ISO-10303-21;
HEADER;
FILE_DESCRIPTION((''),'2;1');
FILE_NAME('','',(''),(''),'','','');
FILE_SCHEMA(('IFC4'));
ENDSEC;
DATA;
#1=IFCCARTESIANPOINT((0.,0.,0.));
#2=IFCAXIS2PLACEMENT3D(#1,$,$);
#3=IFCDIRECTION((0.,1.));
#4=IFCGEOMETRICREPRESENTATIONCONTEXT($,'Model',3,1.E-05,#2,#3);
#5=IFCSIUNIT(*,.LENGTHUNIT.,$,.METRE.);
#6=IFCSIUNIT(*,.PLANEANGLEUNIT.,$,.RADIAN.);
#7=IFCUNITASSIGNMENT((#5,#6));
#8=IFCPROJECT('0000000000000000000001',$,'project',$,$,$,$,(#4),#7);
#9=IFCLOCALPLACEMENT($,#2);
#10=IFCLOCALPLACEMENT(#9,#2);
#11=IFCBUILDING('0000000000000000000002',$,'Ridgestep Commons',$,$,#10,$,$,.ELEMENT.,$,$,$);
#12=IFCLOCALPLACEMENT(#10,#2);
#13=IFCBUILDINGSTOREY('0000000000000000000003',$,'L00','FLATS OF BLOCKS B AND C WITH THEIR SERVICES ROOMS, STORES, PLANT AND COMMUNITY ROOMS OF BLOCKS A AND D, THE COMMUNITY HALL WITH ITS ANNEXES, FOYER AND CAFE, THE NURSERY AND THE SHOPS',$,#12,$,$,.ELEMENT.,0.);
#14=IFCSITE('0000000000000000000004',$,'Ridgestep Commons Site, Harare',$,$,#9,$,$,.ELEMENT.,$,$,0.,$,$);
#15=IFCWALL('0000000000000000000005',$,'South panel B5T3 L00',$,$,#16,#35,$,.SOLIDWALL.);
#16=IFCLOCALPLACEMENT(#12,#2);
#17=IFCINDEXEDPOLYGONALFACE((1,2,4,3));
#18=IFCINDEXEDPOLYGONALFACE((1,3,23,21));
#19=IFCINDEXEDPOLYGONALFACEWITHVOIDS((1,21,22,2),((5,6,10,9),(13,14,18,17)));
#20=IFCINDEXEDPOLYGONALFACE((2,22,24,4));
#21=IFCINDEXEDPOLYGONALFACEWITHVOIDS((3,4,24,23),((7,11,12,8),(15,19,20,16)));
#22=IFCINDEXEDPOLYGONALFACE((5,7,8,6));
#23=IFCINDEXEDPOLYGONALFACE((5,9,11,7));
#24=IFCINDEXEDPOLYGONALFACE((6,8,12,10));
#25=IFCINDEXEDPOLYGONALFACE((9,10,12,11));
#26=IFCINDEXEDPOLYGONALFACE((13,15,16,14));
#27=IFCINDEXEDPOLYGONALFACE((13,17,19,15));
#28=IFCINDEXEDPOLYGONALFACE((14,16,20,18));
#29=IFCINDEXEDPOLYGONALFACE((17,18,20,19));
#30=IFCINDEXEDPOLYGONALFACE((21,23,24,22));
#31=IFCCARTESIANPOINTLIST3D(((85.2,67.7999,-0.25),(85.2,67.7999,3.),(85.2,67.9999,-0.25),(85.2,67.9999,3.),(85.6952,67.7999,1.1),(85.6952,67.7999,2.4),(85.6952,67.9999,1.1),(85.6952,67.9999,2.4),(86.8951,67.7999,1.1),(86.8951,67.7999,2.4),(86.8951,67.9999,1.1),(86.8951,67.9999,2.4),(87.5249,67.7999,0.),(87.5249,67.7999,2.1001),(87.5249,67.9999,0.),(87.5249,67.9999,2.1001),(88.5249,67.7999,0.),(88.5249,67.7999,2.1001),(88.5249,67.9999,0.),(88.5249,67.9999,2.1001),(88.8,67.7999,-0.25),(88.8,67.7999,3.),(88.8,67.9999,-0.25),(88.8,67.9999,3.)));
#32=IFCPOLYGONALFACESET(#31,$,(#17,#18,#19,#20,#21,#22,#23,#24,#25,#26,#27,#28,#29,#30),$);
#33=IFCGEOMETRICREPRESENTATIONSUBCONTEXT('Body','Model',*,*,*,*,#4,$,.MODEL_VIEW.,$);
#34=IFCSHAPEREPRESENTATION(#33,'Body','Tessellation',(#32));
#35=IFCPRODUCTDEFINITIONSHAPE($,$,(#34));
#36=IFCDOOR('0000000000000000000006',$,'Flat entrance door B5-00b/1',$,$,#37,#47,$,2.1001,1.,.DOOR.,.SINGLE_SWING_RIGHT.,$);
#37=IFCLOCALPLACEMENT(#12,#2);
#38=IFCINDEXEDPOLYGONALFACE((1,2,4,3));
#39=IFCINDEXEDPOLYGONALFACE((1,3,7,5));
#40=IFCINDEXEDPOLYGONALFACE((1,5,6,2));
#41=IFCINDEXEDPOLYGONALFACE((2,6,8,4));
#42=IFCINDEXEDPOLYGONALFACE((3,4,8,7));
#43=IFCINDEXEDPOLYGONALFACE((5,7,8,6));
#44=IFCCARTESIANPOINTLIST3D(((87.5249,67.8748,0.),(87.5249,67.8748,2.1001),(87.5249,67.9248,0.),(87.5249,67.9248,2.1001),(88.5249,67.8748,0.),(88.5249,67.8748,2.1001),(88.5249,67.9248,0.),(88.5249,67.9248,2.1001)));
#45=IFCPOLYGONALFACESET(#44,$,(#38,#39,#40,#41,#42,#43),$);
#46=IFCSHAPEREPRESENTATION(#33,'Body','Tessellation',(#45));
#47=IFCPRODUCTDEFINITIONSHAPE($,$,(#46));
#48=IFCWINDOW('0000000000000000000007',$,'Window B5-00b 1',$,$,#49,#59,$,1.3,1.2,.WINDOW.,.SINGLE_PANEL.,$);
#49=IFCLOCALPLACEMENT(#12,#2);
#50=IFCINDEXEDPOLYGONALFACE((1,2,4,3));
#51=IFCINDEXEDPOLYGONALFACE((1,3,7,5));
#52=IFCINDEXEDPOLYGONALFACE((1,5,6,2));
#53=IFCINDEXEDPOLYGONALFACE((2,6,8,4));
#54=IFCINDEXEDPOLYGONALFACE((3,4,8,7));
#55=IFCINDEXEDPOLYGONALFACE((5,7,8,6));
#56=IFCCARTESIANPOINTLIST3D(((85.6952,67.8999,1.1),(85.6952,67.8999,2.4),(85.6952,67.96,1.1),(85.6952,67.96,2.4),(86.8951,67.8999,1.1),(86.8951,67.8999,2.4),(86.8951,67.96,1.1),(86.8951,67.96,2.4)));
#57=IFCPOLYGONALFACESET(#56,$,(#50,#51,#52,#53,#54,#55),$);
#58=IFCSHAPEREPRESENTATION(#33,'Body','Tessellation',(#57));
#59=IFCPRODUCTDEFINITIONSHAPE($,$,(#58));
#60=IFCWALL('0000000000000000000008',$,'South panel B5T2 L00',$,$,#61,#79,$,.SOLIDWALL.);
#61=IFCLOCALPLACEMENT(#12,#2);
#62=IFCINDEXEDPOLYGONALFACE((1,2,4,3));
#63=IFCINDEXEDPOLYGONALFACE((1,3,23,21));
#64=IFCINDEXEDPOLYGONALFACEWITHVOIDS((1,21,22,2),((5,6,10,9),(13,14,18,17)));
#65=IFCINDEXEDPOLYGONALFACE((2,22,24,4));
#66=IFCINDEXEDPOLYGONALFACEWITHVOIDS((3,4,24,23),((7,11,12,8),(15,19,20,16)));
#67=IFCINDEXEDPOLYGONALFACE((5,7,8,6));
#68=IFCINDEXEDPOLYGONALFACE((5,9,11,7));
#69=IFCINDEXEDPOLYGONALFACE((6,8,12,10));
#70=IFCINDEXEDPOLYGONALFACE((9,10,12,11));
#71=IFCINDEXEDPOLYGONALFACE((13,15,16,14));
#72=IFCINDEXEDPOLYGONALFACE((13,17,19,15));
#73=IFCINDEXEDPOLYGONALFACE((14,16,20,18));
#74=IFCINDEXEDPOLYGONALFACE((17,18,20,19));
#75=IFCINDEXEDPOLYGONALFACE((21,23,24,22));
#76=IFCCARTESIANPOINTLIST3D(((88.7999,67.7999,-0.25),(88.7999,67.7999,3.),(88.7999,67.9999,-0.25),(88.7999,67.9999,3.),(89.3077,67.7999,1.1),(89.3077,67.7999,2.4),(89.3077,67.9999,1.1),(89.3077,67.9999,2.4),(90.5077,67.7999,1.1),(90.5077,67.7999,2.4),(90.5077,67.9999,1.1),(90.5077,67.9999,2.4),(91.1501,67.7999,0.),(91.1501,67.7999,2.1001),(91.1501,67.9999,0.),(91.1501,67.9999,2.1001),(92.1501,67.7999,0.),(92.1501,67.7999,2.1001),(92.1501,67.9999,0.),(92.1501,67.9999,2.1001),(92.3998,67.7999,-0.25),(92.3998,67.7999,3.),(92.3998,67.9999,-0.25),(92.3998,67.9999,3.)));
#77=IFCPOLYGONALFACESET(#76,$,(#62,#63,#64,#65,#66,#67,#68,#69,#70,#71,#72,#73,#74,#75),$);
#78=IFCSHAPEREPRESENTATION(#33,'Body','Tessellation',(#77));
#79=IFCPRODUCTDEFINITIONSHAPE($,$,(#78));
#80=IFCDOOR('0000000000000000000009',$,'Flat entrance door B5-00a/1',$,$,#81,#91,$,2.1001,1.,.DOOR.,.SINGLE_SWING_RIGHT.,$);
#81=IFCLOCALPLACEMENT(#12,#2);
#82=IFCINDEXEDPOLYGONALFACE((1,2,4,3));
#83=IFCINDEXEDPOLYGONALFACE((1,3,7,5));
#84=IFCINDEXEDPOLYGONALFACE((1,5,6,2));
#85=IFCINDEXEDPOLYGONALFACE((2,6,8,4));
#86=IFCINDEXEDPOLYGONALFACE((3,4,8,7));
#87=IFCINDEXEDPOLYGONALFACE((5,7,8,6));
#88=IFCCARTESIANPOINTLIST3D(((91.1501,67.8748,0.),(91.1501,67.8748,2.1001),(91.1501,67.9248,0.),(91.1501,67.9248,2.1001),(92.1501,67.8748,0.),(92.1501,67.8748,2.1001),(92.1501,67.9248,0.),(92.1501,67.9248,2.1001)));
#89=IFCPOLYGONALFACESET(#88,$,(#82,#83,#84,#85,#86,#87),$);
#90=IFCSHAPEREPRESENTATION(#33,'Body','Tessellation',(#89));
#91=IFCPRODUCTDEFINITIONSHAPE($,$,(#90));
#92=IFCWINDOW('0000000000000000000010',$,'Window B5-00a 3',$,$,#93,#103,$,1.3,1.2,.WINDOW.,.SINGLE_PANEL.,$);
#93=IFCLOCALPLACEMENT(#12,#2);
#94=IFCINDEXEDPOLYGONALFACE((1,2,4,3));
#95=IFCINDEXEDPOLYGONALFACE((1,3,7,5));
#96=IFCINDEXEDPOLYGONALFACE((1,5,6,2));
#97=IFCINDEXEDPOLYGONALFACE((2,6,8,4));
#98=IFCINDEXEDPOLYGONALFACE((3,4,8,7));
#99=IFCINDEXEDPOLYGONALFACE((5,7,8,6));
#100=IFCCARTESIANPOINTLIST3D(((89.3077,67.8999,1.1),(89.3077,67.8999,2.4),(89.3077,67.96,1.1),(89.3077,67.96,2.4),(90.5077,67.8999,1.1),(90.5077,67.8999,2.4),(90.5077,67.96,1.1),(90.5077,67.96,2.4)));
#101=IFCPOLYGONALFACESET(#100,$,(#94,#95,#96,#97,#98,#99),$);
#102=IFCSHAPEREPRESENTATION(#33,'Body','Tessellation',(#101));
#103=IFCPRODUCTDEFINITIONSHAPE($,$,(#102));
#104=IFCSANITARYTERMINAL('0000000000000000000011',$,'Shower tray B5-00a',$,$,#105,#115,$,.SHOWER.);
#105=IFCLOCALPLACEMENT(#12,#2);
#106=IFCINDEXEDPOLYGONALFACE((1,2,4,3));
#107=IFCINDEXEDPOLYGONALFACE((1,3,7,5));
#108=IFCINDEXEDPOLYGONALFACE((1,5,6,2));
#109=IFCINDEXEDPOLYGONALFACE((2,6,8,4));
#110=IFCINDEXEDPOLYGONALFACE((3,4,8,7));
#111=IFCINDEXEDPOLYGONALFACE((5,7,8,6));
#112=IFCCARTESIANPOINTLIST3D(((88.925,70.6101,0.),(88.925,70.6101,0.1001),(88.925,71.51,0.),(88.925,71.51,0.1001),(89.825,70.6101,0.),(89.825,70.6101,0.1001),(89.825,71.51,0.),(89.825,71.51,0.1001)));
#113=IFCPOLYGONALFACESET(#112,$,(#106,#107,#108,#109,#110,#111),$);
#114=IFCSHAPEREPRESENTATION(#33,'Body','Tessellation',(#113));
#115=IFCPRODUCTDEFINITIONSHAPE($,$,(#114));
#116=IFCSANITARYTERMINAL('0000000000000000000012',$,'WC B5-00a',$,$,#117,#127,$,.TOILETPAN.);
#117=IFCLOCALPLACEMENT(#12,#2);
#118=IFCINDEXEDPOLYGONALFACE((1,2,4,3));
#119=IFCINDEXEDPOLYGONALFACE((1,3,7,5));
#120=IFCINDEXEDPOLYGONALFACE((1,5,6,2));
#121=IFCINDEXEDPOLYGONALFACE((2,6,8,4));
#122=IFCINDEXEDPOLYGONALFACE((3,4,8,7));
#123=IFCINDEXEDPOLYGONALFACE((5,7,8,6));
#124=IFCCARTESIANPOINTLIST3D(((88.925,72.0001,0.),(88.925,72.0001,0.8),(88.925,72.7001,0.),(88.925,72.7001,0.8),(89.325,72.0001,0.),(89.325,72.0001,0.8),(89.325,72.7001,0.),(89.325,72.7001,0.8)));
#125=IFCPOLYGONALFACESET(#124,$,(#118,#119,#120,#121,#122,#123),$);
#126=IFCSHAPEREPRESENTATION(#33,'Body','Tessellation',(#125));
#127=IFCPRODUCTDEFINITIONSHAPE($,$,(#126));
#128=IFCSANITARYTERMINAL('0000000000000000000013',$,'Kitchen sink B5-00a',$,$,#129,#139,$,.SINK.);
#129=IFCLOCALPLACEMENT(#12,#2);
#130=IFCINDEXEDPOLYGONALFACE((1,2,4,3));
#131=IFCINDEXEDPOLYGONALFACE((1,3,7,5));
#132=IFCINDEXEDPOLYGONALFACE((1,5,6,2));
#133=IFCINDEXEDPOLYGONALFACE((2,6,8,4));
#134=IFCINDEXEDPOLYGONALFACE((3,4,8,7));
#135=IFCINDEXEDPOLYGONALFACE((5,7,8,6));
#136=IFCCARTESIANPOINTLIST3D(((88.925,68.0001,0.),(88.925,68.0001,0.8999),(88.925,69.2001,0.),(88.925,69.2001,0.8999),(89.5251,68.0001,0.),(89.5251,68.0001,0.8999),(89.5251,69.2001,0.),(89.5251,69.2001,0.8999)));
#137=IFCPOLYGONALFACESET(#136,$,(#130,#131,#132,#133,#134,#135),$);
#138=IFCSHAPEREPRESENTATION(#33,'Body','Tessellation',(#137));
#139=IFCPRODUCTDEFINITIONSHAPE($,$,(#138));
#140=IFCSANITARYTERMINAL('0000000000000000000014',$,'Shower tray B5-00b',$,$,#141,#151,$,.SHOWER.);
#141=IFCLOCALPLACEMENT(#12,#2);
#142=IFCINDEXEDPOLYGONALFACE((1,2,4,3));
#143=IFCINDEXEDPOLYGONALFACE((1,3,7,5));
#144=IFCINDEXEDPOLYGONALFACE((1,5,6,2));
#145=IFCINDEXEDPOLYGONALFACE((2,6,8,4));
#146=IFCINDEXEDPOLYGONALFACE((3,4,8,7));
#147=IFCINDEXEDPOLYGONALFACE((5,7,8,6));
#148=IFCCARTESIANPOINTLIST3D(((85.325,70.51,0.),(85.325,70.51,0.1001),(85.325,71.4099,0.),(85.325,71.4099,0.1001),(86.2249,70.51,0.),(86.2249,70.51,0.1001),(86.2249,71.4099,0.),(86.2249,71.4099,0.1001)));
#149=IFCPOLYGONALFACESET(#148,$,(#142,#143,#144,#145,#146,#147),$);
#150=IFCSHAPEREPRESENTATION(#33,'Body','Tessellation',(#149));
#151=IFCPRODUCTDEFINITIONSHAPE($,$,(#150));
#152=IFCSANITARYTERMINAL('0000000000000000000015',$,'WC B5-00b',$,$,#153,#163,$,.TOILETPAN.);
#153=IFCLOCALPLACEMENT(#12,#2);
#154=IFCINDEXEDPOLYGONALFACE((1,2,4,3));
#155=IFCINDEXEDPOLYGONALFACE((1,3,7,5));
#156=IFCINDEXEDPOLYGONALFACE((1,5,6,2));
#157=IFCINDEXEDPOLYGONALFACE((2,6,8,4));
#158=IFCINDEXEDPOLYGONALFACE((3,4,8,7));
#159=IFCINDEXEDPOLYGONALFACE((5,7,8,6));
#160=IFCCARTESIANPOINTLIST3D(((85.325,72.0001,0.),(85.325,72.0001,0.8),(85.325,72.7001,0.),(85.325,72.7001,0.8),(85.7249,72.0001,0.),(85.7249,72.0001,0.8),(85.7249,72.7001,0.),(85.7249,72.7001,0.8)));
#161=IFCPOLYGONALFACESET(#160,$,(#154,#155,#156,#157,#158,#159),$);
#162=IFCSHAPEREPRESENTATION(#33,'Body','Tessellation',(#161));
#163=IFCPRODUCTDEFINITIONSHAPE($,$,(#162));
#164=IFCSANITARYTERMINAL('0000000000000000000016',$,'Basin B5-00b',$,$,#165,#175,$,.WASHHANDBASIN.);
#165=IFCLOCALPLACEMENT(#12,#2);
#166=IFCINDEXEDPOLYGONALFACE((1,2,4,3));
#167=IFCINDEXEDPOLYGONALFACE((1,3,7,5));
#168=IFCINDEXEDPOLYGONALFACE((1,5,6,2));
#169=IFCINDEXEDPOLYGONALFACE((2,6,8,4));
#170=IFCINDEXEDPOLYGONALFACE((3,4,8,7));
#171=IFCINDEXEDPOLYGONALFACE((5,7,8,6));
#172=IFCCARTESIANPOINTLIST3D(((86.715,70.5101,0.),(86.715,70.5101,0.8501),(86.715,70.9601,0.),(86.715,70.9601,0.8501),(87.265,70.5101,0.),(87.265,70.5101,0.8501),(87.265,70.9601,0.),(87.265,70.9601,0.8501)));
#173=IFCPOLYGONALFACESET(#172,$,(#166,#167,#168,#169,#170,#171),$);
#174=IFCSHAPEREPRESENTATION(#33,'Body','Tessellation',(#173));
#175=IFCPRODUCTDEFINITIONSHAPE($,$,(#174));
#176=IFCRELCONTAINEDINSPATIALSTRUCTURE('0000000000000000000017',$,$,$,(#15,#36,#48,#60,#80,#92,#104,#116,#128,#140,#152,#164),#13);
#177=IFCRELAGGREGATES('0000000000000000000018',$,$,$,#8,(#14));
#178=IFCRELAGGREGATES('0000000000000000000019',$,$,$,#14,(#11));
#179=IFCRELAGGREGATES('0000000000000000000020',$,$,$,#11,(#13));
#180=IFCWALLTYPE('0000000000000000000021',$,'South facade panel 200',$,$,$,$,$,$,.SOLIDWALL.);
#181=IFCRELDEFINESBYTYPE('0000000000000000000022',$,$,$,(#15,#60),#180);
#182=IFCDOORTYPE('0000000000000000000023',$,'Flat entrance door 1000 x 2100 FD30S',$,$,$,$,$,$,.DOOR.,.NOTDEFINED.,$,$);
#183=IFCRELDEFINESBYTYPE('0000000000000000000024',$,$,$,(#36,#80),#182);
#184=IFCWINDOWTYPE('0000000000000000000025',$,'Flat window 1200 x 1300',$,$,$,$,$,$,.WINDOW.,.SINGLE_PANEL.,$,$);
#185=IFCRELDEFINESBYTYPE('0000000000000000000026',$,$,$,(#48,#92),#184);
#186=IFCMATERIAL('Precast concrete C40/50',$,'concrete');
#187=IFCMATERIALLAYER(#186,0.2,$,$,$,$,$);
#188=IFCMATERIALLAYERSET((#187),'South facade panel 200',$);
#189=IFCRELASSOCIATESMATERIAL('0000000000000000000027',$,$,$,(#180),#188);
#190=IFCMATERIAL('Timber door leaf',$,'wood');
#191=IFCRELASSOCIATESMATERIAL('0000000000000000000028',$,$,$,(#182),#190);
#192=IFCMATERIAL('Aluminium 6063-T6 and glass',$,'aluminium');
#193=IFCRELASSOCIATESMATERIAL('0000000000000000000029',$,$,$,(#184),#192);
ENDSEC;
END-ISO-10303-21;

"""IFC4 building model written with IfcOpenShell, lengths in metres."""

from ifc_helpers import new_model, si_unit, direction, frame, frame_2d, origin, origin_2d, place, context, subcontext, project, spatial, rectangle, extrude, material, layer, layer_set, type_object, element, fill, save


model = new_model("IFC4")

# Units and contexts
model_context = context("Model", 3, precision=1e-05, world=origin(), true_north=direction((0.0, 1.0)))
body_context = subcontext(model_context, "Body", "Model", "MODEL_VIEW")
ifc_project = project(units=[si_unit("LENGTHUNIT", "METRE"), si_unit("PLANEANGLEUNIT", "RADIAN")], contexts=[model_context])

# Site, building, storey
site_placement = place(None, origin())
site = spatial("IfcSite", under=ifc_project, at=site_placement, Name="Ridgestep Commons Site, Harare", CompositionType="ELEMENT", RefElevation=0.0)
building_placement = place(site_placement, origin())
building = spatial("IfcBuilding", under=site, at=building_placement, Name="Ridgestep Commons", CompositionType="ELEMENT")
storey_placement = place(building_placement, origin())
storey = spatial("IfcBuildingStorey", under=building, at=storey_placement, Name="L00", Description="FLATS OF BLOCKS B AND C WITH THEIR SERVICES ROOMS, STORES, PLANT AND COMMUNITY ROOMS OF BLOCKS A AND D, THE COMMUNITY HALL WITH ITS ANNEXES, FOYER AND CAFE, THE NURSERY AND THE SHOPS", CompositionType="ELEMENT", Elevation=0.0)

# Walls, openings, doors, windows
ifc_material_1 = material(Name="Precast concrete C40/50", Category="concrete")
ifc_layer_1 = layer(ifc_material_1, 0.2)
ifc_layer_set_1 = layer_set([ifc_layer_1], Name="South facade panel 200")
wall_type_1 = type_object("IfcWallType", Name="South facade panel 200", PredefinedType="SOLIDWALL", material=ifc_layer_set_1)
wall_1_placement = place(storey_placement, frame((85.2, 67.8999, -0.25), z_axis=(0.0, 0.0, 1.0), x_axis=(1.0, 0.0, 0.0)))
wall_1 = element("IfcWall", 1, at=wall_1_placement, inside=storey, type_object=wall_type_1, Name="South panel B5T3 L00", PredefinedType="SOLIDWALL", context=body_context, shape_type="SweptSolid", body=[
    extrude(rectangle(XDim=3.6001, YDim=0.2, at=frame_2d((1.8, 0.0))), origin(), (0.0, 0.0, 1.0), 3.25),
])
opening_1_placement = place(wall_1_placement, frame((0.4951, 0.0, 1.3501)))
opening_1 = element("IfcOpeningElement", 2, at=opening_1_placement, cuts=wall_1, PredefinedType="OPENING", context=body_context, shape_type="SweptSolid", body=[
    extrude(rectangle(XDim=1.2, YDim=1.3, at=frame_2d((0.6001, 0.6499))), frame((0.0, 0.1099, 0.0), z_axis=(0.0, -1.0, 0.0), x_axis=(1.0, 0.0, 0.0)), (0.0, 0.0, 1.0), 0.22),
])
opening_2_placement = place(wall_1_placement, frame((2.325, 0.0, 0.25)))
opening_2 = element("IfcOpeningElement", 3, at=opening_2_placement, cuts=wall_1, PredefinedType="OPENING", context=body_context, shape_type="SweptSolid", body=[
    extrude(rectangle(XDim=1.0, YDim=2.1001, at=frame_2d((0.5, 1.05))), frame((0.0, 0.1099, 0.0), z_axis=(0.0, -1.0, 0.0), x_axis=(1.0, 0.0, 0.0)), (0.0, 0.0, 1.0), 0.22),
])
ifc_material_2 = material(Name="Timber door leaf", Category="wood")
door_type_1 = type_object("IfcDoorType", Name="Flat entrance door 1000 x 2100 FD30S", OperationType="NOTDEFINED", PredefinedType="DOOR", material=ifc_material_2)
door_1_placement = place(opening_2_placement, origin())
door_1 = element("IfcDoor", 4, at=door_1_placement, inside=storey, type_object=door_type_1, Name="Flat entrance door B5-00b/1", OperationType="SINGLE_SWING_RIGHT", OverallHeight=2.1001, OverallWidth=1.0, PredefinedType="DOOR", context=body_context, shape_type="SweptSolid", body=[
    extrude(rectangle(XDim=1.0, YDim=2.1001, at=frame_2d((0.5, 1.05))), frame((0.0, 0.0249, 0.0), z_axis=(0.0, -1.0, 0.0), x_axis=(1.0, 0.0, 0.0)), (0.0, 0.0, 1.0), 0.05),
])
fill(opening_2, door_1)
ifc_material_3 = material(Name="Aluminium 6063-T6 and glass", Category="aluminium")
window_type = type_object("IfcWindowType", Name="Flat window 1200 x 1300", PartitioningType="SINGLE_PANEL", PredefinedType="WINDOW", material=ifc_material_3)
window_1_placement = place(opening_1_placement, origin())
window_1 = element("IfcWindow", 5, at=window_1_placement, inside=storey, type_object=window_type, Name="Window B5-00b 1", OverallHeight=1.3, OverallWidth=1.2, PartitioningType="SINGLE_PANEL", PredefinedType="WINDOW", context=body_context, shape_type="SweptSolid", body=[
    extrude(rectangle(XDim=1.2, YDim=1.3, at=frame_2d((0.6001, 0.6499))), frame((0.0, 0.0601, 0.0), z_axis=(0.0, -1.0, 0.0), x_axis=(1.0, 0.0, 0.0)), (0.0, 0.0, 1.0), 0.0601),
])
fill(opening_1, window_1)
wall_2_placement = place(storey_placement, frame((88.8, 67.8999, -0.25), z_axis=(0.0, 0.0, 1.0), x_axis=(1.0, 0.0, 0.0)))
wall_2 = element("IfcWall", 6, at=wall_2_placement, inside=storey, type_object=wall_type_1, Name="South panel B5T2 L00", PredefinedType="SOLIDWALL", context=body_context, shape_type="SweptSolid", body=[
    extrude(rectangle(XDim=3.5999, YDim=0.2, at=frame_2d((1.7998, 0.0))), origin(), (0.0, 0.0, 1.0), 3.25),
])
opening_3_placement = place(wall_2_placement, frame((0.5076, 0.0, 1.3501)))
opening_3 = element("IfcOpeningElement", 7, at=opening_3_placement, cuts=wall_2, PredefinedType="OPENING", context=body_context, shape_type="SweptSolid", body=[
    extrude(rectangle(XDim=1.2, YDim=1.3, at=frame_2d((0.6001, 0.6499))), frame((0.0, 0.1099, 0.0), z_axis=(0.0, -1.0, 0.0), x_axis=(1.0, 0.0, 0.0)), (0.0, 0.0, 1.0), 0.22),
])
opening_4_placement = place(wall_2_placement, frame((2.3501, 0.0, 0.25)))
opening_4 = element("IfcOpeningElement", 8, at=opening_4_placement, cuts=wall_2, PredefinedType="OPENING", context=body_context, shape_type="SweptSolid", body=[
    extrude(rectangle(XDim=1.0, YDim=2.1001, at=frame_2d((0.5, 1.05))), frame((0.0, 0.1099, 0.0), z_axis=(0.0, -1.0, 0.0), x_axis=(1.0, 0.0, 0.0)), (0.0, 0.0, 1.0), 0.22),
])
door_2_placement = place(opening_4_placement, origin())
door_2 = element("IfcDoor", 9, at=door_2_placement, inside=storey, type_object=door_type_1, Name="Flat entrance door B5-00a/1", OperationType="SINGLE_SWING_RIGHT", OverallHeight=2.1001, OverallWidth=1.0, PredefinedType="DOOR", context=body_context, shape_type="SweptSolid", body=[
    extrude(rectangle(XDim=1.0, YDim=2.1001, at=frame_2d((0.5, 1.05))), frame((0.0, 0.0249, 0.0), z_axis=(0.0, -1.0, 0.0), x_axis=(1.0, 0.0, 0.0)), (0.0, 0.0, 1.0), 0.05),
])
fill(opening_4, door_2)
window_2_placement = place(opening_3_placement, origin())
window_2 = element("IfcWindow", 10, at=window_2_placement, inside=storey, type_object=window_type, Name="Window B5-00a 3", OverallHeight=1.3, OverallWidth=1.2, PartitioningType="SINGLE_PANEL", PredefinedType="WINDOW", context=body_context, shape_type="SweptSolid", body=[
    extrude(rectangle(XDim=1.2, YDim=1.3, at=frame_2d((0.6001, 0.6499))), frame((0.0, 0.0601, 0.0), z_axis=(0.0, -1.0, 0.0), x_axis=(1.0, 0.0, 0.0)), (0.0, 0.0, 1.0), 0.0601),
])
fill(opening_3, window_2)

# Sanitary terminals
sanitary_terminal_1_placement = place(storey_placement, frame((89.375, 71.0601, 0.0), z_axis=(0.0, 0.0, 1.0), x_axis=(1.0, 0.0, 0.0)))
element("IfcSanitaryTerminal", 11, at=sanitary_terminal_1_placement, inside=storey, Name="Shower tray B5-00a", PredefinedType="SHOWER", context=body_context, shape_type="SweptSolid", body=[
    extrude(rectangle(XDim=0.8999, YDim=0.8999, at=origin_2d()), origin(), (0.0, 0.0, 1.0), 0.1001),
])
sanitary_terminal_2_placement = place(storey_placement, frame((89.125, 72.3501, 0.0), z_axis=(0.0, 0.0, 1.0), x_axis=(1.0, 0.0, 0.0)))
element("IfcSanitaryTerminal", 12, at=sanitary_terminal_2_placement, inside=storey, Name="WC B5-00a", PredefinedType="TOILETPAN", context=body_context, shape_type="SweptSolid", body=[
    extrude(rectangle(XDim=0.3999, YDim=0.7, at=origin_2d()), origin(), (0.0, 0.0, 1.0), 0.8),
])
sanitary_terminal_3_placement = place(storey_placement, frame((89.2251, 68.6001, 0.0), z_axis=(0.0, 0.0, 1.0), x_axis=(1.0, 0.0, 0.0)))
element("IfcSanitaryTerminal", 13, at=sanitary_terminal_3_placement, inside=storey, Name="Kitchen sink B5-00a", PredefinedType="SINK", context=body_context, shape_type="SweptSolid", body=[
    extrude(rectangle(XDim=0.6001, YDim=1.2, at=origin_2d()), origin(), (0.0, 0.0, 1.0), 0.8999),
])
sanitary_terminal_4_placement = place(storey_placement, frame((85.7749, 70.96, 0.0), z_axis=(0.0, 0.0, 1.0), x_axis=(1.0, 0.0, 0.0)))
element("IfcSanitaryTerminal", 14, at=sanitary_terminal_4_placement, inside=storey, Name="Shower tray B5-00b", PredefinedType="SHOWER", context=body_context, shape_type="SweptSolid", body=[
    extrude(rectangle(XDim=0.8999, YDim=0.8999, at=origin_2d()), origin(), (0.0, 0.0, 1.0), 0.1001),
])
sanitary_terminal_5_placement = place(storey_placement, frame((85.5249, 72.3501, 0.0), z_axis=(0.0, 0.0, 1.0), x_axis=(1.0, 0.0, 0.0)))
element("IfcSanitaryTerminal", 15, at=sanitary_terminal_5_placement, inside=storey, Name="WC B5-00b", PredefinedType="TOILETPAN", context=body_context, shape_type="SweptSolid", body=[
    extrude(rectangle(XDim=0.3999, YDim=0.7, at=origin_2d()), origin(), (0.0, 0.0, 1.0), 0.8),
])
sanitary_terminal_6_placement = place(storey_placement, frame((86.99, 70.7351, 0.0), z_axis=(0.0, 0.0, 1.0), x_axis=(1.0, 0.0, 0.0)))
element("IfcSanitaryTerminal", 16, at=sanitary_terminal_6_placement, inside=storey, Name="Basin B5-00b", PredefinedType="WASHHANDBASIN", context=body_context, shape_type="SweptSolid", body=[
    extrude(rectangle(XDim=0.55, YDim=0.45, at=origin_2d()), origin(), (0.0, 0.0, 1.0), 0.8501),
])

save(model, "model.ifc")
